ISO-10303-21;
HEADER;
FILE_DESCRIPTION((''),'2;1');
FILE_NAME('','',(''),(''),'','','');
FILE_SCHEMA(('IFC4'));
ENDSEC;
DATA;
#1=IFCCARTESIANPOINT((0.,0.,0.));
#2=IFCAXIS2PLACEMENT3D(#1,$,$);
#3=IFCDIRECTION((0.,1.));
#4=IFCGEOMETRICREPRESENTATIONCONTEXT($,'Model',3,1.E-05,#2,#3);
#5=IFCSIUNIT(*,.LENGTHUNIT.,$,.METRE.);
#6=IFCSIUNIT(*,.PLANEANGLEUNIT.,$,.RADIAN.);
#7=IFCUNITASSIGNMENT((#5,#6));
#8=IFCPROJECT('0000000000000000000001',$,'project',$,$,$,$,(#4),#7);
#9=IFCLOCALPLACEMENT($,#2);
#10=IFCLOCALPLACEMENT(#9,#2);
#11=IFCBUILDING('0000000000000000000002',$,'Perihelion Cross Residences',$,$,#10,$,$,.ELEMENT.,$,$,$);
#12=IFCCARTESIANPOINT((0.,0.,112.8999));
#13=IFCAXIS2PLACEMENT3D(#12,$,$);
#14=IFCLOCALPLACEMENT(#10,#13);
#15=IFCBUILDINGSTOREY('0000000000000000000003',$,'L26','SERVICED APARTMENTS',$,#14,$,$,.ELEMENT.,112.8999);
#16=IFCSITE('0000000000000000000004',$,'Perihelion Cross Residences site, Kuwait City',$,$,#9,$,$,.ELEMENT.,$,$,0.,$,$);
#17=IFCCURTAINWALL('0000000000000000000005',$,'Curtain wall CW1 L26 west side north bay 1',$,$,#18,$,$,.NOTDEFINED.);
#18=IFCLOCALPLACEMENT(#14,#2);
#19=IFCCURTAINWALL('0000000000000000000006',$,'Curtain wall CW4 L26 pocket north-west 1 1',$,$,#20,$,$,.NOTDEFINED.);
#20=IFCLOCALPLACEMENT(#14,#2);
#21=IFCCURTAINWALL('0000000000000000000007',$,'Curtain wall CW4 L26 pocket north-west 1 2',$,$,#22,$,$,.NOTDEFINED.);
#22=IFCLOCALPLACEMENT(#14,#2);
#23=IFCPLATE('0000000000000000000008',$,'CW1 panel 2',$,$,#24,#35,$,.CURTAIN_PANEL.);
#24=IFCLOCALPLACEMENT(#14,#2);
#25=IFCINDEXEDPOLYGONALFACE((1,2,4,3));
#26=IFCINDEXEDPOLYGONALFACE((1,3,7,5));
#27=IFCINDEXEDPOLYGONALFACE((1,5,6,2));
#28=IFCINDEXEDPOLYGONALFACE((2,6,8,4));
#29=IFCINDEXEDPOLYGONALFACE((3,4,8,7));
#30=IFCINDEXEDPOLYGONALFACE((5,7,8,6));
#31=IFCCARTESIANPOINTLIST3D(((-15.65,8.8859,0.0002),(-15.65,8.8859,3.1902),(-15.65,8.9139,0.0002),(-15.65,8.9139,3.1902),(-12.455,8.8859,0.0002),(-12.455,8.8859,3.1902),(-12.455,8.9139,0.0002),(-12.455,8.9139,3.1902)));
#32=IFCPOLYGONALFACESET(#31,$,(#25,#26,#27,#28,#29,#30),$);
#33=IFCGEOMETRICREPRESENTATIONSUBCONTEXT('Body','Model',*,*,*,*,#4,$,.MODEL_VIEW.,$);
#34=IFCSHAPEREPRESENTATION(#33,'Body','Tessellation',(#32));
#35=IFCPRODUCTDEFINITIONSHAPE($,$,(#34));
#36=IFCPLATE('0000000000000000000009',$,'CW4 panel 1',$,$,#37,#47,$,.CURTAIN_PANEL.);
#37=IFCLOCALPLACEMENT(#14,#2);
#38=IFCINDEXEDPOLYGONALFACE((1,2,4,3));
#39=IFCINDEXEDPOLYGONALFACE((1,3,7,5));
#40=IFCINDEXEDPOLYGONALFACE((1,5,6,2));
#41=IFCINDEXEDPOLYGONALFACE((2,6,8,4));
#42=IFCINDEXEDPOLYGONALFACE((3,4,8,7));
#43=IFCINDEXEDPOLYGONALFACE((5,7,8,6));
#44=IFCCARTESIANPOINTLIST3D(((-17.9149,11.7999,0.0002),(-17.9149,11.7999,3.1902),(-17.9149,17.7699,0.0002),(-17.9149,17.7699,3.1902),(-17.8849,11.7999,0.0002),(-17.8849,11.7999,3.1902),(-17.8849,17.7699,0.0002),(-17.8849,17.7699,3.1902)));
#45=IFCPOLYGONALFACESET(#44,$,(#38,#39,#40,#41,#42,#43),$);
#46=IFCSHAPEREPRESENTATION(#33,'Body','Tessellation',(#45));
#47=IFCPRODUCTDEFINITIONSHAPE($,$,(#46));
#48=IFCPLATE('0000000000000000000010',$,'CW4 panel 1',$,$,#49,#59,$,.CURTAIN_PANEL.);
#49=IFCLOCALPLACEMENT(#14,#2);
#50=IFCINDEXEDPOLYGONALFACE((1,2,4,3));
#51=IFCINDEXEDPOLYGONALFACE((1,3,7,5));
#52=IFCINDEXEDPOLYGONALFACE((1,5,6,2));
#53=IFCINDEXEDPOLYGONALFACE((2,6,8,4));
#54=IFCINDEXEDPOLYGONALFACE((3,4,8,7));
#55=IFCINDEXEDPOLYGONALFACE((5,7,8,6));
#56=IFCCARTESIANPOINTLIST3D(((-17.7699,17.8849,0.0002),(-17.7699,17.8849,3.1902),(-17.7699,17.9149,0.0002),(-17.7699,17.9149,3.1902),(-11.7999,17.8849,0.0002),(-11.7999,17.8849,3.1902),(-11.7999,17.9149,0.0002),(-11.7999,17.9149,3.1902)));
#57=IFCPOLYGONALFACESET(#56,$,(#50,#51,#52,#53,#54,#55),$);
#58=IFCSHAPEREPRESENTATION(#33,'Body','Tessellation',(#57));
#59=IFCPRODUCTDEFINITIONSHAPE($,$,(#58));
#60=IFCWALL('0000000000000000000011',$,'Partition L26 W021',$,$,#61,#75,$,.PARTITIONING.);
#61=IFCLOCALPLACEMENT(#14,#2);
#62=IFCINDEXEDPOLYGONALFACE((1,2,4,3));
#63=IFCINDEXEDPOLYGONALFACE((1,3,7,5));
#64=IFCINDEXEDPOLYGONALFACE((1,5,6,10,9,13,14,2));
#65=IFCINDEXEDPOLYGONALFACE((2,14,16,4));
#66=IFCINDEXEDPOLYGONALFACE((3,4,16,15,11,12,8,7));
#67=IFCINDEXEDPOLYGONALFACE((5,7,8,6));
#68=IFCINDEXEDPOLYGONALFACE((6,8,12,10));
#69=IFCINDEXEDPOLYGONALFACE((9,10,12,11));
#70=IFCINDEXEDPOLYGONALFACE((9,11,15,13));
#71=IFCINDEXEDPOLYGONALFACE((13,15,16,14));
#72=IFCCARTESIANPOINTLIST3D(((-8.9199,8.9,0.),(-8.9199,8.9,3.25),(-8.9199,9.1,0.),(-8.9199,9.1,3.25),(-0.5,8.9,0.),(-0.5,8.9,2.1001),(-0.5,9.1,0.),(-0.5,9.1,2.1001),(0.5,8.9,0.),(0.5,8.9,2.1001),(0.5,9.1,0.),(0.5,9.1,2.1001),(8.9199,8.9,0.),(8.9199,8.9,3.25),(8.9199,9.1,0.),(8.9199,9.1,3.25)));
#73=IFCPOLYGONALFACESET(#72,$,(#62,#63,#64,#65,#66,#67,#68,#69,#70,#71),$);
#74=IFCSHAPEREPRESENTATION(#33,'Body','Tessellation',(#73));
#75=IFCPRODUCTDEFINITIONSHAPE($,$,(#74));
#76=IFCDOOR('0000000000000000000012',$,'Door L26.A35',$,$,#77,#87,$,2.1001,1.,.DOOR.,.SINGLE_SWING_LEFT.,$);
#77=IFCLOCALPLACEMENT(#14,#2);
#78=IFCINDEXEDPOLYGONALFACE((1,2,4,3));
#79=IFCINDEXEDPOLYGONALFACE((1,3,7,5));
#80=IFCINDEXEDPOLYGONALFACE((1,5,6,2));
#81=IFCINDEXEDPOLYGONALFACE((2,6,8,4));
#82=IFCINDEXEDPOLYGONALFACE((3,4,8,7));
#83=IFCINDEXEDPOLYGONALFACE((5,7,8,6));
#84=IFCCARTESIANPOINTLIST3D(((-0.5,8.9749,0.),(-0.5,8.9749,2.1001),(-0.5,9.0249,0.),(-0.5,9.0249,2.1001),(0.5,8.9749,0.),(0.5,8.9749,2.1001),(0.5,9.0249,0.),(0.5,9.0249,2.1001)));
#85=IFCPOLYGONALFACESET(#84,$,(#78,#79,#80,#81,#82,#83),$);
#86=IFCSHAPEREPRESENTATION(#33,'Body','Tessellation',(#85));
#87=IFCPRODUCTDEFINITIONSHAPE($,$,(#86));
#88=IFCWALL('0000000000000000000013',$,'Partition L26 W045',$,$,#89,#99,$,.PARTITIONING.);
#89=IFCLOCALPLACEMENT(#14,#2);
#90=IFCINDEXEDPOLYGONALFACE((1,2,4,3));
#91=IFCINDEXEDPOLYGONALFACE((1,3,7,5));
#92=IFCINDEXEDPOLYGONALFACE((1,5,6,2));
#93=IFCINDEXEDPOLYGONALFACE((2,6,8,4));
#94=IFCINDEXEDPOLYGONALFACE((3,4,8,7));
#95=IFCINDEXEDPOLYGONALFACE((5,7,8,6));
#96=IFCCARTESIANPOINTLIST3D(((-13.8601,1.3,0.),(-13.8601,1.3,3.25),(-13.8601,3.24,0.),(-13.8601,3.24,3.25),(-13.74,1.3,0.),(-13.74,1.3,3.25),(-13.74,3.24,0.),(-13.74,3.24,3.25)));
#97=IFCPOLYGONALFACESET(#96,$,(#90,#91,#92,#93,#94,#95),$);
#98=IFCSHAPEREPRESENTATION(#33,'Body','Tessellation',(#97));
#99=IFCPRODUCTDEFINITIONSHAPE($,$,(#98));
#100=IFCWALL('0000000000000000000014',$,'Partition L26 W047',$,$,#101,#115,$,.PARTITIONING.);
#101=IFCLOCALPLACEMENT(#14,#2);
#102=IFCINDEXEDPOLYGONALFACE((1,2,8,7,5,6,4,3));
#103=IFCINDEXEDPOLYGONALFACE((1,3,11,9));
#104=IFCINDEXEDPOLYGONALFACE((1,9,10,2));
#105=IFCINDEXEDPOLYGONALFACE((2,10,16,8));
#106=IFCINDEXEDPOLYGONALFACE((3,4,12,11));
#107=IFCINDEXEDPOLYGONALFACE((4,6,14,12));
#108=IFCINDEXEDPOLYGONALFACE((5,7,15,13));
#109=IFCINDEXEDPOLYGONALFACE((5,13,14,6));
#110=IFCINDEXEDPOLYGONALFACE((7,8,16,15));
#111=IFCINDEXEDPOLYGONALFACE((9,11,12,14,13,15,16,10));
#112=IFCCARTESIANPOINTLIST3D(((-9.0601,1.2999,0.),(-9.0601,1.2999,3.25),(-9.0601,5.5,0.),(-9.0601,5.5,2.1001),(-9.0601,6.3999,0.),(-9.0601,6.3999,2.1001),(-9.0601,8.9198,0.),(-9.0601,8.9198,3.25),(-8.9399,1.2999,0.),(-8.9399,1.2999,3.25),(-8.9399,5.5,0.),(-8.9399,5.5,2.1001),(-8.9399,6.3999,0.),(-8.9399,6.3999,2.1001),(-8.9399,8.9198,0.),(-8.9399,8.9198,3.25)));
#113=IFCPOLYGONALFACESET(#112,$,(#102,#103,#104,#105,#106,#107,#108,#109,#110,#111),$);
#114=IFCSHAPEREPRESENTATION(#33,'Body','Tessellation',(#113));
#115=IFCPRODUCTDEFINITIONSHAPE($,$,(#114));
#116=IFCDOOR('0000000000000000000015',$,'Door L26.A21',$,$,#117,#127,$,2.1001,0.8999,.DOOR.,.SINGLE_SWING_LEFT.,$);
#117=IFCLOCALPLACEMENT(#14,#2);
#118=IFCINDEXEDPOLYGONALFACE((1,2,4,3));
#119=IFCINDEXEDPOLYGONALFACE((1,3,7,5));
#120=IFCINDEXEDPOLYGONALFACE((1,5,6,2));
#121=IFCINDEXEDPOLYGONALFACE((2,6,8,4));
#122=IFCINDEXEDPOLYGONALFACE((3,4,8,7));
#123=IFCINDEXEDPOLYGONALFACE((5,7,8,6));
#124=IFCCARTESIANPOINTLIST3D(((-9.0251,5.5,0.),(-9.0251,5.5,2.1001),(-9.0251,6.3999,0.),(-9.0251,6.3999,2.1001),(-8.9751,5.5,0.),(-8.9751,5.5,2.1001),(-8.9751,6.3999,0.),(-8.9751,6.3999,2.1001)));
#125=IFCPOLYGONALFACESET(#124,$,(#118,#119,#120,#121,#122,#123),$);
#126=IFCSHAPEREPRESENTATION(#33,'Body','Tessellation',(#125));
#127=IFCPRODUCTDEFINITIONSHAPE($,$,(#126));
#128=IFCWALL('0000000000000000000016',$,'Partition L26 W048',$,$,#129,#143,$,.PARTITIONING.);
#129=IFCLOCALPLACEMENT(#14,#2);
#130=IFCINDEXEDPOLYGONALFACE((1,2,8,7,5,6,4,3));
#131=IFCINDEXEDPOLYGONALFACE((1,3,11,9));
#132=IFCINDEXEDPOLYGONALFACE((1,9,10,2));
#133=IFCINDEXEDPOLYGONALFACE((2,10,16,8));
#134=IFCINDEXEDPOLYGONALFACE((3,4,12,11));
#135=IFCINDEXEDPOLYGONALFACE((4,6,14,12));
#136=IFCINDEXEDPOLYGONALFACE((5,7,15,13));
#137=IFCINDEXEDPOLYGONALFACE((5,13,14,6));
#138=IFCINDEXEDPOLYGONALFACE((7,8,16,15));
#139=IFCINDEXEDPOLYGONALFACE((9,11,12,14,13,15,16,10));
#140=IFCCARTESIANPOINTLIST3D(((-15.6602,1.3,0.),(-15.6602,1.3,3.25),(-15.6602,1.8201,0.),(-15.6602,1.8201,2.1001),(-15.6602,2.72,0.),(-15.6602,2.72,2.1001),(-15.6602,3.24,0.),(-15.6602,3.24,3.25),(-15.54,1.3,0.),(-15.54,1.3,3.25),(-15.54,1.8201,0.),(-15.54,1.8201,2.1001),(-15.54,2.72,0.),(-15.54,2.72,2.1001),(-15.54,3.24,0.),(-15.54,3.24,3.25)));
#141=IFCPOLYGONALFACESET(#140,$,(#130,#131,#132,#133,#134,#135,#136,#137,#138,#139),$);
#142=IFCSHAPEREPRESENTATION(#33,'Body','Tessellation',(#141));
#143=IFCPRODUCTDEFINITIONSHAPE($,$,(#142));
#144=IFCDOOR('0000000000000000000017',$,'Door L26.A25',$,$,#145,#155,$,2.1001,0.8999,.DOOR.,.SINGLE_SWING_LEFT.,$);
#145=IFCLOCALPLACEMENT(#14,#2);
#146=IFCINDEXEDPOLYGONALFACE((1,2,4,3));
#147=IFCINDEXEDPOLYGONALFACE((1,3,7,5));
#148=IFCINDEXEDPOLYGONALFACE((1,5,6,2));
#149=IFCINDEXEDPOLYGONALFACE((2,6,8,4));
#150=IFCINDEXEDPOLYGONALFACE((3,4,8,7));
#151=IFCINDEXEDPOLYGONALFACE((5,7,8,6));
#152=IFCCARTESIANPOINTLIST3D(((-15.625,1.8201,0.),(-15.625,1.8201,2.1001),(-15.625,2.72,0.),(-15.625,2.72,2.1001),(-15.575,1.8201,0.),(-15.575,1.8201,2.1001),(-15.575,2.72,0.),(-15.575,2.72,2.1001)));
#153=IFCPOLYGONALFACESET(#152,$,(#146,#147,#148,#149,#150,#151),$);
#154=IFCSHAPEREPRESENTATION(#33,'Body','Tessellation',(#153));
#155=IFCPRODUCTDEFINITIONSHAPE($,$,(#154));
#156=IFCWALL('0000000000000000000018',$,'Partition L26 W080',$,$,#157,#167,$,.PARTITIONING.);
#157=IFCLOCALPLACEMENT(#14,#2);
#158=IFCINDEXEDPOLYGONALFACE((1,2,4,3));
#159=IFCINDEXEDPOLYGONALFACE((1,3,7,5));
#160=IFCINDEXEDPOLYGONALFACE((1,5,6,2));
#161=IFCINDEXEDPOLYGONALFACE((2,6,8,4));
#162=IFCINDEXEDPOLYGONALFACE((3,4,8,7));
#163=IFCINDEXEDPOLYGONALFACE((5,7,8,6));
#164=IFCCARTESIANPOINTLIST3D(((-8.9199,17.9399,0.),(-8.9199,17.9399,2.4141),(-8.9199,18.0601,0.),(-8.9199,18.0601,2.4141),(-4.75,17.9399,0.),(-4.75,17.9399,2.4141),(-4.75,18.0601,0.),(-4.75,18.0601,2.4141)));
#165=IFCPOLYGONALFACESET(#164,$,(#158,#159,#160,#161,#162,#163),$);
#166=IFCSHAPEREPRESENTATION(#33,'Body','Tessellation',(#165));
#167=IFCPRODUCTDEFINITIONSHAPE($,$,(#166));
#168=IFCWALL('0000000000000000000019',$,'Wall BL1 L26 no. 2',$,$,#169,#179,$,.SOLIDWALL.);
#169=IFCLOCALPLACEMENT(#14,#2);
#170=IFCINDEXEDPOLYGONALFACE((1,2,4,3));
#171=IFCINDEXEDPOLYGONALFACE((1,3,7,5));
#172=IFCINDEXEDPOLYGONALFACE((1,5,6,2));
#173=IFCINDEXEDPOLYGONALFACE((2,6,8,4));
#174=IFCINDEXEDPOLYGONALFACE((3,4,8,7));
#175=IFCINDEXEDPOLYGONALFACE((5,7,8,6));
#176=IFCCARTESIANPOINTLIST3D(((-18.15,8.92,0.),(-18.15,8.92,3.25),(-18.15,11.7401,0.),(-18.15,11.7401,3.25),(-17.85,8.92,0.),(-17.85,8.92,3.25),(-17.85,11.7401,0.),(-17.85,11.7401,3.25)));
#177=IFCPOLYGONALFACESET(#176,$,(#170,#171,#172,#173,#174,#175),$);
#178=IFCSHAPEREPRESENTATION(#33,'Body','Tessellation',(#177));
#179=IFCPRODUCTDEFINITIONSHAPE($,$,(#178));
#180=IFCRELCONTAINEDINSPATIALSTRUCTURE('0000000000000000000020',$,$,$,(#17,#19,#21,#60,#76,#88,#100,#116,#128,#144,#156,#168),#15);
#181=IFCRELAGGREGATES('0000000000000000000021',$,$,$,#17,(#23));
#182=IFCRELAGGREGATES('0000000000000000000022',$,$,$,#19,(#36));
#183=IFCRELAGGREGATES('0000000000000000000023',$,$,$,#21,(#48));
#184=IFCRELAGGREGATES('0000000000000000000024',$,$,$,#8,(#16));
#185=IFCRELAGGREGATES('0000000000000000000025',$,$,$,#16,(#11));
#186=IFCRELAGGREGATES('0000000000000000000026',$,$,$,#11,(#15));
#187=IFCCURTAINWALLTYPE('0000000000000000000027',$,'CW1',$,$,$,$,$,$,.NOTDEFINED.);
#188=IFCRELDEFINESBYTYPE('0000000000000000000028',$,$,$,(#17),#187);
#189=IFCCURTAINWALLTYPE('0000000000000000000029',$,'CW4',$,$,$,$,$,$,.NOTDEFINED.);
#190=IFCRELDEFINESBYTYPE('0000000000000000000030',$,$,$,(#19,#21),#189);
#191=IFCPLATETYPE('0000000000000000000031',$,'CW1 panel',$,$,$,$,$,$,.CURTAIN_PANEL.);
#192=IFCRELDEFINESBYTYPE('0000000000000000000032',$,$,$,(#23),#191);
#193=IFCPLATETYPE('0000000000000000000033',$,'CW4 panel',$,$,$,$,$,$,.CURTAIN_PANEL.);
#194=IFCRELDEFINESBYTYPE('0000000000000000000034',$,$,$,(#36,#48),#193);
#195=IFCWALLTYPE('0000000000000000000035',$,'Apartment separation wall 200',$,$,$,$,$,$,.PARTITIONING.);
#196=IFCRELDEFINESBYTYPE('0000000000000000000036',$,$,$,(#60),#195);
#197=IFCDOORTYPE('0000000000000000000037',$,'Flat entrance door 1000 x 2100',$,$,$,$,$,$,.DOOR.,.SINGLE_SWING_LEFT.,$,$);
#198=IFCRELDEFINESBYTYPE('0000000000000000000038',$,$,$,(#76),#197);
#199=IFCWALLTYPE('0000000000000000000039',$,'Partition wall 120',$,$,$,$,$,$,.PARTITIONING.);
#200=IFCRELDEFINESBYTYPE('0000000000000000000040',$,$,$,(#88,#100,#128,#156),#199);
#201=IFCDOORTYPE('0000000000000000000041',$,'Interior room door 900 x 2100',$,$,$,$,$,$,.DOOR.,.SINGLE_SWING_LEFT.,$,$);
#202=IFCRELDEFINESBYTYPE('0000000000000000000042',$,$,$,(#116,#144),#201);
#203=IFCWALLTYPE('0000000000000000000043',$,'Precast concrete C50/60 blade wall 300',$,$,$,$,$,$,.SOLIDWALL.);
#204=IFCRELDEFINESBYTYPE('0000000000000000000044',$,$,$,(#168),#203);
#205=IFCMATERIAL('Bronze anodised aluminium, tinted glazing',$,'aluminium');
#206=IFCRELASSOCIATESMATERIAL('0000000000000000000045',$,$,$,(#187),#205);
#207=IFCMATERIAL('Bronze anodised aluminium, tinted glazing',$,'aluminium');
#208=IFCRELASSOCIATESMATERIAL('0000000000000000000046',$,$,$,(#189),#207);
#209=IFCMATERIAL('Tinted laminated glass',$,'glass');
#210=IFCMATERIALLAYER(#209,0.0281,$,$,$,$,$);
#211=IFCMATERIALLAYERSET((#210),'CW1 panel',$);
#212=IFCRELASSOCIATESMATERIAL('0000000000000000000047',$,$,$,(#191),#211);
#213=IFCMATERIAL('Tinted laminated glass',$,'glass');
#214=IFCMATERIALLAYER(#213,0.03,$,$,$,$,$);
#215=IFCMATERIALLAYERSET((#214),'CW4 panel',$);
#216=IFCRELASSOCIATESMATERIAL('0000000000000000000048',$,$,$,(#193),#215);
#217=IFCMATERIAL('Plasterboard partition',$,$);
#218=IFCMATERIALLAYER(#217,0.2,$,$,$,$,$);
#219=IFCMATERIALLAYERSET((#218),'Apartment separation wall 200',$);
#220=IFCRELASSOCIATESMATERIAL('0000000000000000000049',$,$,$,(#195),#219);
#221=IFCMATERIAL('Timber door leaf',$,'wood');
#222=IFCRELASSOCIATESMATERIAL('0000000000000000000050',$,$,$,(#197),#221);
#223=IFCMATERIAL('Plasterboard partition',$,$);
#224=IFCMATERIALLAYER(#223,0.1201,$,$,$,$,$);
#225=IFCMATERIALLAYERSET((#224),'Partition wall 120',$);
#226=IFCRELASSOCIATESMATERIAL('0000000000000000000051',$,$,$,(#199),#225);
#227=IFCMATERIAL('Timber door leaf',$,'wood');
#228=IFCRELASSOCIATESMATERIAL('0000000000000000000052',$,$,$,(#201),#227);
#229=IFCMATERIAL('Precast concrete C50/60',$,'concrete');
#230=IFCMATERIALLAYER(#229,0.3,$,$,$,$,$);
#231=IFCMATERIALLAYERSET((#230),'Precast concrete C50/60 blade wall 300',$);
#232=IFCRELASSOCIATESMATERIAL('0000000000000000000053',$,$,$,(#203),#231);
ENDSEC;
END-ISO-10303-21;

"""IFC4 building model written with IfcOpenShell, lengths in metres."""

from ifc_helpers import new_model, si_unit, direction, frame, frame_2d, origin, origin_2d, place, context, subcontext, project, spatial, rectangle, extrude, material, layer, layer_set, type_object, element, fill, aggregate, save


model = new_model("IFC4")

# Units and contexts
model_context = context("Model", 3, precision=1e-05, world=origin(), true_north=direction((0.0, 1.0)))
body_context = subcontext(model_context, "Body", "Model", "MODEL_VIEW")
ifc_project = project(units=[si_unit("LENGTHUNIT", "METRE"), si_unit("PLANEANGLEUNIT", "RADIAN")], contexts=[model_context])

# Site, building, storey
site_placement = place(None, origin())
site = spatial("IfcSite", under=ifc_project, at=site_placement, Name="Perihelion Cross Residences site, Kuwait City", CompositionType="ELEMENT", RefElevation=0.0)
building_placement = place(site_placement, origin())
building = spatial("IfcBuilding", under=site, at=building_placement, Name="Perihelion Cross Residences", CompositionType="ELEMENT")
storey_placement = place(building_placement, frame((0.0, 0.0, 112.8999)))
storey = spatial("IfcBuildingStorey", under=building, at=storey_placement, Name="L26", Description="SERVICED APARTMENTS", CompositionType="ELEMENT", Elevation=112.8999)

# Curtain walls
ifc_material_1 = material(Name="Bronze anodised aluminium, tinted glazing", Category="aluminium")
curtain_wall_type_1 = type_object("IfcCurtainWallType", Name="CW1", PredefinedType="NOTDEFINED", material=ifc_material_1)
curtain_wall_1_placement = place(storey_placement, origin())
curtain_wall_1 = element("IfcCurtainWall", 1, at=curtain_wall_1_placement, inside=storey, type_object=curtain_wall_type_1, Name="Curtain wall CW1 L26 west side north bay 1", PredefinedType="NOTDEFINED")
ifc_material_2 = material(Name="Bronze anodised aluminium, tinted glazing", Category="aluminium")
curtain_wall_type_2 = type_object("IfcCurtainWallType", Name="CW4", PredefinedType="NOTDEFINED", material=ifc_material_2)
curtain_wall_2_placement = place(storey_placement, origin())
curtain_wall_2 = element("IfcCurtainWall", 2, at=curtain_wall_2_placement, inside=storey, type_object=curtain_wall_type_2, Name="Curtain wall CW4 L26 pocket north-west 1 1", PredefinedType="NOTDEFINED")
curtain_wall_3_placement = place(storey_placement, origin())
curtain_wall_3 = element("IfcCurtainWall", 3, at=curtain_wall_3_placement, inside=storey, type_object=curtain_wall_type_2, Name="Curtain wall CW4 L26 pocket north-west 1 2", PredefinedType="NOTDEFINED")

# Plates
ifc_material_3 = material(Name="Tinted laminated glass", Category="glass")
ifc_layer_1 = layer(ifc_material_3, 0.0281)
ifc_layer_set_1 = layer_set([ifc_layer_1], Name="CW1 panel")
plate_type_1 = type_object("IfcPlateType", Name="CW1 panel", PredefinedType="CURTAIN_PANEL", material=ifc_layer_set_1)
plate_1_placement = place(storey_placement, frame((-14.0525, 8.8999, 0.0002), z_axis=(0.0, 0.0, 1.0), x_axis=(-1.0, 0.0, 0.0)))
plate_1 = element("IfcPlate", 4, at=plate_1_placement, type_object=plate_type_1, Name="CW1 panel 2", PredefinedType="CURTAIN_PANEL", context=body_context, shape_type="SweptSolid", body=[
    extrude(rectangle(XDim=3.1951, YDim=0.0281, at=origin_2d()), origin(), (0.0, 0.0, 1.0), 3.1899),
])
aggregate(curtain_wall_1, [plate_1])
ifc_material_4 = material(Name="Tinted laminated glass", Category="glass")
ifc_layer_2 = layer(ifc_material_4, 0.03)
ifc_layer_set_2 = layer_set([ifc_layer_2], Name="CW4 panel")
plate_type_2 = type_object("IfcPlateType", Name="CW4 panel", PredefinedType="CURTAIN_PANEL", material=ifc_layer_set_2)
plate_2_placement = place(storey_placement, frame((-17.8999, 14.7849, 0.0002), z_axis=(0.0, 0.0, 1.0), x_axis=(0.0, 1.0, 0.0)))
plate_2 = element("IfcPlate", 5, at=plate_2_placement, type_object=plate_type_2, Name="CW4 panel 1", PredefinedType="CURTAIN_PANEL", context=body_context, shape_type="SweptSolid", body=[
    extrude(rectangle(XDim=5.97, YDim=0.03, at=origin_2d()), origin(), (0.0, 0.0, 1.0), 3.1899),
])
aggregate(curtain_wall_2, [plate_2])
plate_3_placement = place(storey_placement, frame((-14.7849, 17.8999, 0.0002), z_axis=(0.0, 0.0, 1.0), x_axis=(1.0, 0.0, 0.0)))
plate_3 = element("IfcPlate", 6, at=plate_3_placement, type_object=plate_type_2, Name="CW4 panel 1", PredefinedType="CURTAIN_PANEL", context=body_context, shape_type="SweptSolid", body=[
    extrude(rectangle(XDim=5.97, YDim=0.03, at=origin_2d()), origin(), (0.0, 0.0, 1.0), 3.1899),
])
aggregate(curtain_wall_3, [plate_3])

# Wall, opening, door
ifc_material_5 = material(Name="Plasterboard partition")
ifc_layer_3 = layer(ifc_material_5, 0.2)
ifc_layer_set_3 = layer_set([ifc_layer_3], Name="Apartment separation wall 200")
wall_type_1 = type_object("IfcWallType", Name="Apartment separation wall 200", PredefinedType="PARTITIONING", material=ifc_layer_set_3)
wall_1_placement = place(storey_placement, frame((-8.9199, 9.0, 0.0), z_axis=(0.0, 0.0, 1.0), x_axis=(1.0, 0.0, 0.0)))
wall_1 = element("IfcWall", 7, at=wall_1_placement, inside=storey, type_object=wall_type_1, Name="Partition L26 W021", PredefinedType="PARTITIONING", context=body_context, shape_type="SweptSolid", body=[
    extrude(rectangle(XDim=17.8398, YDim=0.2, at=frame_2d((8.9199, 0.0))), origin(), (0.0, 0.0, 1.0), 3.25),
])
opening_1_placement = place(wall_1_placement, frame((8.4199, 0.0, 0.0)))
opening_1 = element("IfcOpeningElement", 8, at=opening_1_placement, cuts=wall_1, PredefinedType="OPENING", context=body_context, shape_type="SweptSolid", body=[
    extrude(rectangle(XDim=1.0, YDim=2.1001, at=frame_2d((0.5, 1.05))), frame((0.0, 0.1099, 0.0), z_axis=(0.0, -1.0, 0.0), x_axis=(1.0, 0.0, 0.0)), (0.0, 0.0, 1.0), 0.22),
])
ifc_material_6 = material(Name="Timber door leaf", Category="wood")
door_type_1 = type_object("IfcDoorType", Name="Flat entrance door 1000 x 2100", OperationType="SINGLE_SWING_LEFT", PredefinedType="DOOR", material=ifc_material_6)
door_1_placement = place(opening_1_placement, origin())
door_1 = element("IfcDoor", 9, at=door_1_placement, inside=storey, type_object=door_type_1, Name="Door L26.A35", OperationType="SINGLE_SWING_LEFT", OverallHeight=2.1001, OverallWidth=1.0, PredefinedType="DOOR", context=body_context, shape_type="SweptSolid", body=[
    extrude(rectangle(XDim=1.0, YDim=2.1001, at=frame_2d((0.5, 1.05))), frame((0.0, 0.0249, 0.0), z_axis=(0.0, -1.0, 0.0), x_axis=(1.0, 0.0, 0.0)), (0.0, 0.0, 1.0), 0.05),
])
fill(opening_1, door_1)

# Wall
ifc_material_7 = material(Name="Plasterboard partition")
ifc_layer_4 = layer(ifc_material_7, 0.1201)
ifc_layer_set_4 = layer_set([ifc_layer_4], Name="Partition wall 120")
wall_type_2 = type_object("IfcWallType", Name="Partition wall 120", PredefinedType="PARTITIONING", material=ifc_layer_set_4)
wall_2_placement = place(storey_placement, frame((-13.8, 1.3, 0.0), z_axis=(0.0, 0.0, 1.0), x_axis=(0.0, 1.0, 0.0)))
element("IfcWall", 10, at=wall_2_placement, inside=storey, type_object=wall_type_2, Name="Partition L26 W045", PredefinedType="PARTITIONING", context=body_context, shape_type="SweptSolid", body=[
    extrude(rectangle(XDim=1.9399, YDim=0.1201, at=frame_2d((0.97, 0.0))), origin(), (0.0, 0.0, 1.0), 3.25),
])

# Walls, openings, doors
wall_3_placement = place(storey_placement, frame((-9.0, 8.9199, 0.0), z_axis=(0.0, 0.0, 1.0), x_axis=(0.0, -1.0, 0.0)))
wall_3 = element("IfcWall", 11, at=wall_3_placement, inside=storey, type_object=wall_type_2, Name="Partition L26 W047", PredefinedType="PARTITIONING", context=body_context, shape_type="SweptSolid", body=[
    extrude(rectangle(XDim=7.6199, YDim=0.1201, at=frame_2d((3.8101, 0.0))), origin(), (0.0, 0.0, 1.0), 3.25),
])
opening_2_placement = place(wall_3_placement, frame((2.52, 0.0, 0.0)))
opening_2 = element("IfcOpeningElement", 12, at=opening_2_placement, cuts=wall_3, PredefinedType="OPENING", context=body_context, shape_type="SweptSolid", body=[
    extrude(rectangle(XDim=0.8999, YDim=2.1001, at=frame_2d((0.45, 1.05))), frame((0.0, 0.0701, 0.0), z_axis=(0.0, -1.0, 0.0), x_axis=(1.0, 0.0, 0.0)), (0.0, 0.0, 1.0), 0.1401),
])
ifc_material_8 = material(Name="Timber door leaf", Category="wood")
door_type_2 = type_object("IfcDoorType", Name="Interior room door 900 x 2100", OperationType="SINGLE_SWING_LEFT", PredefinedType="DOOR", material=ifc_material_8)
door_2_placement = place(opening_2_placement, origin())
door_2 = element("IfcDoor", 13, at=door_2_placement, inside=storey, type_object=door_type_2, Name="Door L26.A21", OperationType="SINGLE_SWING_LEFT", OverallHeight=2.1001, OverallWidth=0.8999, PredefinedType="DOOR", context=body_context, shape_type="SweptSolid", body=[
    extrude(rectangle(XDim=0.8999, YDim=2.1001, at=frame_2d((0.45, 1.05))), frame((0.0, 0.0249, 0.0), z_axis=(0.0, -1.0, 0.0), x_axis=(1.0, 0.0, 0.0)), (0.0, 0.0, 1.0), 0.05),
])
fill(opening_2, door_2)
wall_4_placement = place(storey_placement, frame((-15.6001, 1.3, 0.0), z_axis=(0.0, 0.0, 1.0), x_axis=(0.0, 1.0, 0.0)))
wall_4 = element("IfcWall", 14, at=wall_4_placement, inside=storey, type_object=wall_type_2, Name="Partition L26 W048", PredefinedType="PARTITIONING", context=body_context, shape_type="SweptSolid", body=[
    extrude(rectangle(XDim=1.9399, YDim=0.1201, at=frame_2d((0.97, 0.0))), origin(), (0.0, 0.0, 1.0), 3.25),
])
opening_3_placement = place(wall_4_placement, frame((0.52, 0.0, 0.0)))
opening_3 = element("IfcOpeningElement", 15, at=opening_3_placement, cuts=wall_4, PredefinedType="OPENING", context=body_context, shape_type="SweptSolid", body=[
    extrude(rectangle(XDim=0.8999, YDim=2.1001, at=frame_2d((0.45, 1.05))), frame((0.0, 0.0701, 0.0), z_axis=(0.0, -1.0, 0.0), x_axis=(1.0, 0.0, 0.0)), (0.0, 0.0, 1.0), 0.1401),
])
door_3_placement = place(opening_3_placement, origin())
door_3 = element("IfcDoor", 16, at=door_3_placement, inside=storey, type_object=door_type_2, Name="Door L26.A25", OperationType="SINGLE_SWING_LEFT", OverallHeight=2.1001, OverallWidth=0.8999, PredefinedType="DOOR", context=body_context, shape_type="SweptSolid", body=[
    extrude(rectangle(XDim=0.8999, YDim=2.1001, at=frame_2d((0.45, 1.05))), frame((0.0, 0.0249, 0.0), z_axis=(0.0, -1.0, 0.0), x_axis=(1.0, 0.0, 0.0)), (0.0, 0.0, 1.0), 0.05),
])
fill(opening_3, door_3)

# Walls
wall_5_placement = place(storey_placement, frame((-8.9199, 18.0, 0.0), z_axis=(0.0, 0.0, 1.0), x_axis=(1.0, 0.0, 0.0)))
element("IfcWall", 17, at=wall_5_placement, inside=storey, type_object=wall_type_2, Name="Partition L26 W080", PredefinedType="PARTITIONING", context=body_context, shape_type="SweptSolid", body=[
    extrude(rectangle(XDim=4.1699, YDim=0.1201, at=frame_2d((2.085, 0.0))), origin(), (0.0, 0.0, 1.0), 2.4141),
])
ifc_material_9 = material(Name="Precast concrete C50/60", Category="concrete")
ifc_layer_5 = layer(ifc_material_9, 0.3)
ifc_layer_set_5 = layer_set([ifc_layer_5], Name="Precast concrete C50/60 blade wall 300")
wall_type_3 = type_object("IfcWallType", Name="Precast concrete C50/60 blade wall 300", PredefinedType="SOLIDWALL", material=ifc_layer_set_5)
for number, where, z_axis, x_axis, name in (
    (18, (-18.0, 8.9199, 0.0), (0.0, 0.0, 1.0), (0.0, 1.0, 0.0), "Wall BL1 L26 no. 2"),
):
    element("IfcWall", number, at=place(storey_placement, frame(where, z_axis=z_axis, x_axis=x_axis)), inside=storey, type_object=wall_type_3, Name=name, PredefinedType="SOLIDWALL", context=body_context, shape_type="SweptSolid", body=[
        extrude(rectangle(XDim=2.8201, YDim=0.3, at=frame_2d((1.4102, 0.0))), origin(), (0.0, 0.0, 1.0), 3.25),
    ])

save(model, "model.ifc")
